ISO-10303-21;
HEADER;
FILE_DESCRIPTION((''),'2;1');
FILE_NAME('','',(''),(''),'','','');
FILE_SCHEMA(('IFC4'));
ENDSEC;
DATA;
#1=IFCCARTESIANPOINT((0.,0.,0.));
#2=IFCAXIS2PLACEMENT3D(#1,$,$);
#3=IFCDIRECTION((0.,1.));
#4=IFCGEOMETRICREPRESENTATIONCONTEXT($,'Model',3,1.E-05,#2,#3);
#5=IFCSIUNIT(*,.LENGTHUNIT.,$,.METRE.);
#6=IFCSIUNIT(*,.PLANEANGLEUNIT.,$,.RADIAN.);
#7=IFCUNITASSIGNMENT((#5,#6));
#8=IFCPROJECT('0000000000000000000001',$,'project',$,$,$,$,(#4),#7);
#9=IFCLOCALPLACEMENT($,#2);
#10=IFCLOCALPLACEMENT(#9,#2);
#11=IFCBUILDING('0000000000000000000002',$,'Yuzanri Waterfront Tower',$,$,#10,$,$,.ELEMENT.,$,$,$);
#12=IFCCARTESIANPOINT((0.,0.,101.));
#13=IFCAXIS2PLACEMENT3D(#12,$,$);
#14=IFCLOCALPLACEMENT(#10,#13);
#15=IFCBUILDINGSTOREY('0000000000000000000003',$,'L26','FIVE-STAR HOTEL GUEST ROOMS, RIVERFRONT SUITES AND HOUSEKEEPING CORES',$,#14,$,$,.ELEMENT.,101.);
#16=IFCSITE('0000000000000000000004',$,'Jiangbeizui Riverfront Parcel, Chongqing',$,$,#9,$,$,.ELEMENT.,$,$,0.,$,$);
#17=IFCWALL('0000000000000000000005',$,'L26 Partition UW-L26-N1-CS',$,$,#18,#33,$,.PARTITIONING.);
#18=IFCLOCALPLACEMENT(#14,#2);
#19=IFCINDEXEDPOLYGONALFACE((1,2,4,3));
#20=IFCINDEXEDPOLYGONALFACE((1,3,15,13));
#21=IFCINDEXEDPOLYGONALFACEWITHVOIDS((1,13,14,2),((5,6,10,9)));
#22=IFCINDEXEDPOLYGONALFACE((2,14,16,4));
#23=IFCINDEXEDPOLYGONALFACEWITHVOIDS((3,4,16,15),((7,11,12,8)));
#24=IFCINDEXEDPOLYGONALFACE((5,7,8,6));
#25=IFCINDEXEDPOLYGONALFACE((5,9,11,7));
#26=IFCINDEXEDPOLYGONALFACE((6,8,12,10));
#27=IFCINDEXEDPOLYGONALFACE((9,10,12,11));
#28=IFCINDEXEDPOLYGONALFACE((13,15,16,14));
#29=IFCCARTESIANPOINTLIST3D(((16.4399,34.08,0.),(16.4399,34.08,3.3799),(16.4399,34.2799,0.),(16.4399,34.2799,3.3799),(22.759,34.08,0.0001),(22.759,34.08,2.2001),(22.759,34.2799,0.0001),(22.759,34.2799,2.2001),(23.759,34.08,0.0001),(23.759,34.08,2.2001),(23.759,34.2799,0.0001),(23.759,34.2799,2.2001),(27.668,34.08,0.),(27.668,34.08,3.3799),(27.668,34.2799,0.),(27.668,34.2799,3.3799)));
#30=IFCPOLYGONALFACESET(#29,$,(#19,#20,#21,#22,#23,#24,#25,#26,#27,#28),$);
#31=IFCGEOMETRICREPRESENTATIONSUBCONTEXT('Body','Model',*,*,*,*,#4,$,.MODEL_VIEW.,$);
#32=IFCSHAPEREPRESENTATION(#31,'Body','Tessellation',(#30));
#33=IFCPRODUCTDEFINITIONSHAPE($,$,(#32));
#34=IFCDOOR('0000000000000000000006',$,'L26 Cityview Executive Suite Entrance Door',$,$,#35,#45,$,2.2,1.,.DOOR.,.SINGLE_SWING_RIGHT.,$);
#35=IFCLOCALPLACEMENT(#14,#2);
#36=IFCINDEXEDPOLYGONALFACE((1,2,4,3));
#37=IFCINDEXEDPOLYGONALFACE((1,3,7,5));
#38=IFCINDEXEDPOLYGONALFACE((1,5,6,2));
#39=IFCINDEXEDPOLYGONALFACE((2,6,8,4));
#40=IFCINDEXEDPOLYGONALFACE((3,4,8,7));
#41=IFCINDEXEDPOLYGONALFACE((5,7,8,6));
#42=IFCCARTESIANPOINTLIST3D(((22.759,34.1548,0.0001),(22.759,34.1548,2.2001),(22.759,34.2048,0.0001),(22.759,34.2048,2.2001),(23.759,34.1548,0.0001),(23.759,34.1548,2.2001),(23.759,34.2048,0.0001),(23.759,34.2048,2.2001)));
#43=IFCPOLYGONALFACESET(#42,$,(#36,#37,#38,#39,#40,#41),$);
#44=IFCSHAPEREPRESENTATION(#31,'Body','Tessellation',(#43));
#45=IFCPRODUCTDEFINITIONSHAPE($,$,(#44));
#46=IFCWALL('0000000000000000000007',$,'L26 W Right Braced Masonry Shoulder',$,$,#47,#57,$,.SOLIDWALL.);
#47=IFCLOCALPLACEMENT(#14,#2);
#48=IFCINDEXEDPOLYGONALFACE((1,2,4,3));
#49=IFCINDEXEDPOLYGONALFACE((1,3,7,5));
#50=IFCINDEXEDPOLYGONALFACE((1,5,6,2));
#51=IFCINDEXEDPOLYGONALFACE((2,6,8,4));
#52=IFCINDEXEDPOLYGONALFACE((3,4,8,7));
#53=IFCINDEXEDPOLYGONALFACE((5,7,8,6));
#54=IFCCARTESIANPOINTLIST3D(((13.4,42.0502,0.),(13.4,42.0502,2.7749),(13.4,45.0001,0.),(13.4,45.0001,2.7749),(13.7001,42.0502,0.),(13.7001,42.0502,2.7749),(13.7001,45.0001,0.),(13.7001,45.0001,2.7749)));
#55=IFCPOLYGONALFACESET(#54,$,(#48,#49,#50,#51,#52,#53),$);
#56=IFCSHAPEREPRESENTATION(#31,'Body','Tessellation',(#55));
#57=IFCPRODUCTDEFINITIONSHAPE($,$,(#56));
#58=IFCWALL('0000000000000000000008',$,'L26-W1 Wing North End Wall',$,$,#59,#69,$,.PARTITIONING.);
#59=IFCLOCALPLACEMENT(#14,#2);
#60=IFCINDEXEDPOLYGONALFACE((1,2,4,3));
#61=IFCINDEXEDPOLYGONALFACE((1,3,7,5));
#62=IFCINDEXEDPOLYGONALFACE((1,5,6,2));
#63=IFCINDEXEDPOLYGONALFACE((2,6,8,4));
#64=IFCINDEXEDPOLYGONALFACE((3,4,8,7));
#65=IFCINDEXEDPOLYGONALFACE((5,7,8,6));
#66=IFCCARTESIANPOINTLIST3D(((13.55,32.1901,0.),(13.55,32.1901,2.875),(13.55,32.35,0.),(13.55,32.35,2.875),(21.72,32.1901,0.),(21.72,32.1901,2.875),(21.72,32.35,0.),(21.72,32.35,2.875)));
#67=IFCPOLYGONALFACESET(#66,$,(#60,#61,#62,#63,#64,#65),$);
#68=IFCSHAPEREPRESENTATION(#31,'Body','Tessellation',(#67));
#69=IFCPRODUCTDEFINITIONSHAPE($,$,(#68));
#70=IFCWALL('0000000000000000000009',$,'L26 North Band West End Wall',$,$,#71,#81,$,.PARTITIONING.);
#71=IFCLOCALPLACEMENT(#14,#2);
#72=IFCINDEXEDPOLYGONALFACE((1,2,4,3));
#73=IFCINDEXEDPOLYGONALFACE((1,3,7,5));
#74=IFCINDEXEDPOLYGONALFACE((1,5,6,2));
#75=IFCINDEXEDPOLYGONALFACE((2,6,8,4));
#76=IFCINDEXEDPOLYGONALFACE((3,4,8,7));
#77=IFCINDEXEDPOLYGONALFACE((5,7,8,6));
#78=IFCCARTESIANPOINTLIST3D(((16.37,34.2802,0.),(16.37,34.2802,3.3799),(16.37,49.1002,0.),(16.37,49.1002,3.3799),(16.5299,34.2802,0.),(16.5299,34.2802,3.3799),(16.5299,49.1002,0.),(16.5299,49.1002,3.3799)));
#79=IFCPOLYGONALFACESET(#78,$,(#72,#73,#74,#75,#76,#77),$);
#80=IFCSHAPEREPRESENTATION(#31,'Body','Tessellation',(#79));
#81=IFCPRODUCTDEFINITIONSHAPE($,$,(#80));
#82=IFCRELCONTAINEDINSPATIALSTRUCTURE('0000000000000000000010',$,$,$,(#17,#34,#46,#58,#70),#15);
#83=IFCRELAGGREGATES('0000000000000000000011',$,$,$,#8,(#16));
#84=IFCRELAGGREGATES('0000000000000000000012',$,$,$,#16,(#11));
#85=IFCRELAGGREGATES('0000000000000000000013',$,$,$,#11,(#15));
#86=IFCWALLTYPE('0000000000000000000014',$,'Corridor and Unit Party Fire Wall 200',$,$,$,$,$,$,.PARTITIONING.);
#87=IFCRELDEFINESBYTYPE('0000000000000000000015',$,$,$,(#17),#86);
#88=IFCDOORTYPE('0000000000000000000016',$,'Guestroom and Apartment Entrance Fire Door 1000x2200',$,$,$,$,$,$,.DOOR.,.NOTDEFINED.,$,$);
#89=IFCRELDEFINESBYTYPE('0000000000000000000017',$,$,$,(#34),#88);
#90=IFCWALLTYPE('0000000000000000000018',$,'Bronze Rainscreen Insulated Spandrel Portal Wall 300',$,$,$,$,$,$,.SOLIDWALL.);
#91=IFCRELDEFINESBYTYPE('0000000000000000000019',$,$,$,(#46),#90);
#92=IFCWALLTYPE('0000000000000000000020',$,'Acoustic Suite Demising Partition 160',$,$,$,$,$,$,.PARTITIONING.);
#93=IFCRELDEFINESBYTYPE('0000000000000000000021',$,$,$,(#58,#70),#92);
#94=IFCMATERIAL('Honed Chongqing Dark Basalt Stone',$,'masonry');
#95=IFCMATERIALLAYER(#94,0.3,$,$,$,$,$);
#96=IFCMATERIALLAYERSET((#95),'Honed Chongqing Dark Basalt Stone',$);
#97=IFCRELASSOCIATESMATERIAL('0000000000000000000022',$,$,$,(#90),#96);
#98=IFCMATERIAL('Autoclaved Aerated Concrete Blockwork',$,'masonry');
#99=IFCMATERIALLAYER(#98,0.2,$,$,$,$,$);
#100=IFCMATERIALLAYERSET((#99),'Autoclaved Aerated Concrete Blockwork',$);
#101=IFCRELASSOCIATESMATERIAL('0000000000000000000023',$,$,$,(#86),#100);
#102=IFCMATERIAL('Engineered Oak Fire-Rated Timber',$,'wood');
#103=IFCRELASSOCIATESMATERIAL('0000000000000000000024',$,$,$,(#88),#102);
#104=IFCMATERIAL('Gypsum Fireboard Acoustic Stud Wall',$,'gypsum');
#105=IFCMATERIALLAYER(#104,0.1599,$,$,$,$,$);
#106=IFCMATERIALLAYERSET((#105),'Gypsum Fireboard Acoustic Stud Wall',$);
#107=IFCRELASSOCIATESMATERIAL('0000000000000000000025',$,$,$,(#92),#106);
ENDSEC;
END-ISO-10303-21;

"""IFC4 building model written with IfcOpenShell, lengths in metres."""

from ifc_helpers import new_model, si_unit, direction, frame, frame_2d, origin, place, context, subcontext, project, spatial, rectangle, extrude, source, transform, mapped, material, layer, layer_set, type_object, element, fill, save


model = new_model("IFC4")

# Units and contexts
model_context = context("Model", 3, precision=1e-05, world=origin(), true_north=direction((0.0, 1.0)))
body_context = subcontext(model_context, "Body", "Model", "MODEL_VIEW")
ifc_project = project(units=[si_unit("LENGTHUNIT", "METRE"), si_unit("PLANEANGLEUNIT", "RADIAN")], contexts=[model_context])

# Site, building, storey
site_placement = place(None, origin())
site = spatial("IfcSite", under=ifc_project, at=site_placement, Name="Jiangbeizui Riverfront Parcel, Chongqing", CompositionType="ELEMENT", RefElevation=0.0)
building_placement = place(site_placement, origin())
building = spatial("IfcBuilding", under=site, at=building_placement, Name="Yuzanri Waterfront Tower", CompositionType="ELEMENT")
storey_placement = place(building_placement, frame((0.0, 0.0, 101.0)))
storey = spatial("IfcBuildingStorey", under=building, at=storey_placement, Name="L26", Description="FIVE-STAR HOTEL GUEST ROOMS, RIVERFRONT SUITES AND HOUSEKEEPING CORES", CompositionType="ELEMENT", Elevation=101.0)

# Shared definitions
ifc_material_1 = material(Name="Honed Chongqing Dark Basalt Stone", Category="masonry")
ifc_layer_1 = layer(ifc_material_1, 0.3)
ifc_layer_set_1 = layer_set([ifc_layer_1], Name="Honed Chongqing Dark Basalt Stone")
wall_type_1 = type_object("IfcWallType", Name="Bronze Rainscreen Insulated Spandrel Portal Wall 300", PredefinedType="SOLIDWALL", material=ifc_layer_set_1)

# Wall, opening, door
ifc_material_2 = material(Name="Autoclaved Aerated Concrete Blockwork", Category="masonry")
ifc_layer_2 = layer(ifc_material_2, 0.2)
ifc_layer_set_2 = layer_set([ifc_layer_2], Name="Autoclaved Aerated Concrete Blockwork")
wall_type_2 = type_object("IfcWallType", Name="Corridor and Unit Party Fire Wall 200", PredefinedType="PARTITIONING", material=ifc_layer_set_2)
wall_1_placement = place(storey_placement, frame((16.4399, 34.1799, 0.0), z_axis=(0.0, 0.0, 1.0), x_axis=(1.0, 0.0, 0.0)))
wall_1 = element("IfcWall", 1, at=wall_1_placement, inside=storey, type_object=wall_type_2, Name="L26 Partition UW-L26-N1-CS", PredefinedType="PARTITIONING", context=body_context, shape_type="SweptSolid", body=[
    extrude(rectangle(XDim=11.228, YDim=0.2, at=frame_2d((5.614, 0.0))), origin(), (0.0, 0.0, 1.0), 3.3799),
])
opening_1_placement = place(wall_1_placement, frame((6.3191, 0.0, 0.0)))
opening_1 = element("IfcOpeningElement", 2, at=opening_1_placement, cuts=wall_1, PredefinedType="OPENING", context=body_context, shape_type="SweptSolid", body=[
    extrude(rectangle(XDim=1.0, YDim=2.2, at=frame_2d((0.5, 1.1001))), frame((0.0, 0.1147, 0.0), z_axis=(0.0, -1.0, 0.0), x_axis=(1.0, 0.0, 0.0)), (0.0, 0.0, 1.0), 0.2297),
])
ifc_material_3 = material(Name="Engineered Oak Fire-Rated Timber", Category="wood")
door_type_1 = type_object("IfcDoorType", Name="Guestroom and Apartment Entrance Fire Door 1000x2200", OperationType="NOTDEFINED", PredefinedType="DOOR", material=ifc_material_3)
shared_shape_1 = source(origin(), body_context, "Body", "SweptSolid", [
    extrude(rectangle(XDim=1.0, YDim=2.2, at=frame_2d((0.5, 1.1001))), frame((0.0, 0.0249, 0.0), z_axis=(0.0, -1.0, 0.0), x_axis=(1.0, 0.0, 0.0)), (0.0, 0.0, 1.0), 0.05),
])
door_1_placement = place(opening_1_placement, origin())
door_1 = element("IfcDoor", 3, at=door_1_placement, inside=storey, type_object=door_type_1, Name="L26 Cityview Executive Suite Entrance Door", OperationType="SINGLE_SWING_RIGHT", OverallHeight=2.2, OverallWidth=1.0, PredefinedType="DOOR", context=body_context, shape_type="MappedRepresentation", body=[
    mapped(shared_shape_1, transform((0.0, 0.0, 0.0), scale=1.0)),
])
fill(opening_1, door_1)

# Walls
shared_shape_2 = source(origin(), body_context, "Body", "SweptSolid", [
    extrude(rectangle(XDim=2.95, YDim=0.3, at=frame_2d((1.4751, 0.0))), origin(), (0.0, 0.0, 1.0), 2.7749),
])
wall_2_placement = place(storey_placement, frame((13.55, 42.05, 0.0), z_axis=(0.0, 0.0, 1.0), x_axis=(0.0, 1.0, 0.0)))
element("IfcWall", 4, at=wall_2_placement, inside=storey, type_object=wall_type_1, Name="L26 W Right Braced Masonry Shoulder", PredefinedType="SOLIDWALL", context=body_context, shape_type="MappedRepresentation", body=[
    mapped(shared_shape_2, transform((0.0, 0.0, 0.0), scale=1.0)),
])
ifc_material_4 = material(Name="Gypsum Fireboard Acoustic Stud Wall", Category="gypsum")
ifc_layer_3 = layer(ifc_material_4, 0.1599)
ifc_layer_set_3 = layer_set([ifc_layer_3], Name="Gypsum Fireboard Acoustic Stud Wall")
wall_type_3 = type_object("IfcWallType", Name="Acoustic Suite Demising Partition 160", PredefinedType="PARTITIONING", material=ifc_layer_set_3)
shared_shape_3 = source(origin(), body_context, "Body", "SweptSolid", [
    extrude(rectangle(XDim=8.1699, YDim=0.1599, at=frame_2d((4.085, 0.0))), origin(), (0.0, 0.0, 1.0), 2.875),
])
wall_3_placement = place(storey_placement, frame((13.55, 32.27, 0.0), z_axis=(0.0, 0.0, 1.0), x_axis=(1.0, 0.0, 0.0)))
element("IfcWall", 5, at=wall_3_placement, inside=storey, type_object=wall_type_3, Name="L26-W1 Wing North End Wall", PredefinedType="PARTITIONING", context=body_context, shape_type="MappedRepresentation", body=[
    mapped(shared_shape_3, transform((0.0, 0.0, 0.0), scale=1.0)),
])
shared_shape_4 = source(origin(), body_context, "Body", "SweptSolid", [
    extrude(rectangle(XDim=14.8201, YDim=0.1599, at=frame_2d((7.4102, 0.0))), origin(), (0.0, 0.0, 1.0), 3.3799),
])
wall_4_placement = place(storey_placement, frame((16.45, 34.28, 0.0), z_axis=(0.0, 0.0, 1.0), x_axis=(0.0, 1.0, 0.0)))
element("IfcWall", 6, at=wall_4_placement, inside=storey, type_object=wall_type_3, Name="L26 North Band West End Wall", PredefinedType="PARTITIONING", context=body_context, shape_type="MappedRepresentation", body=[
    mapped(shared_shape_4, transform((0.0, 0.0, 0.0), scale=1.0)),
])

save(model, "model.ifc")
